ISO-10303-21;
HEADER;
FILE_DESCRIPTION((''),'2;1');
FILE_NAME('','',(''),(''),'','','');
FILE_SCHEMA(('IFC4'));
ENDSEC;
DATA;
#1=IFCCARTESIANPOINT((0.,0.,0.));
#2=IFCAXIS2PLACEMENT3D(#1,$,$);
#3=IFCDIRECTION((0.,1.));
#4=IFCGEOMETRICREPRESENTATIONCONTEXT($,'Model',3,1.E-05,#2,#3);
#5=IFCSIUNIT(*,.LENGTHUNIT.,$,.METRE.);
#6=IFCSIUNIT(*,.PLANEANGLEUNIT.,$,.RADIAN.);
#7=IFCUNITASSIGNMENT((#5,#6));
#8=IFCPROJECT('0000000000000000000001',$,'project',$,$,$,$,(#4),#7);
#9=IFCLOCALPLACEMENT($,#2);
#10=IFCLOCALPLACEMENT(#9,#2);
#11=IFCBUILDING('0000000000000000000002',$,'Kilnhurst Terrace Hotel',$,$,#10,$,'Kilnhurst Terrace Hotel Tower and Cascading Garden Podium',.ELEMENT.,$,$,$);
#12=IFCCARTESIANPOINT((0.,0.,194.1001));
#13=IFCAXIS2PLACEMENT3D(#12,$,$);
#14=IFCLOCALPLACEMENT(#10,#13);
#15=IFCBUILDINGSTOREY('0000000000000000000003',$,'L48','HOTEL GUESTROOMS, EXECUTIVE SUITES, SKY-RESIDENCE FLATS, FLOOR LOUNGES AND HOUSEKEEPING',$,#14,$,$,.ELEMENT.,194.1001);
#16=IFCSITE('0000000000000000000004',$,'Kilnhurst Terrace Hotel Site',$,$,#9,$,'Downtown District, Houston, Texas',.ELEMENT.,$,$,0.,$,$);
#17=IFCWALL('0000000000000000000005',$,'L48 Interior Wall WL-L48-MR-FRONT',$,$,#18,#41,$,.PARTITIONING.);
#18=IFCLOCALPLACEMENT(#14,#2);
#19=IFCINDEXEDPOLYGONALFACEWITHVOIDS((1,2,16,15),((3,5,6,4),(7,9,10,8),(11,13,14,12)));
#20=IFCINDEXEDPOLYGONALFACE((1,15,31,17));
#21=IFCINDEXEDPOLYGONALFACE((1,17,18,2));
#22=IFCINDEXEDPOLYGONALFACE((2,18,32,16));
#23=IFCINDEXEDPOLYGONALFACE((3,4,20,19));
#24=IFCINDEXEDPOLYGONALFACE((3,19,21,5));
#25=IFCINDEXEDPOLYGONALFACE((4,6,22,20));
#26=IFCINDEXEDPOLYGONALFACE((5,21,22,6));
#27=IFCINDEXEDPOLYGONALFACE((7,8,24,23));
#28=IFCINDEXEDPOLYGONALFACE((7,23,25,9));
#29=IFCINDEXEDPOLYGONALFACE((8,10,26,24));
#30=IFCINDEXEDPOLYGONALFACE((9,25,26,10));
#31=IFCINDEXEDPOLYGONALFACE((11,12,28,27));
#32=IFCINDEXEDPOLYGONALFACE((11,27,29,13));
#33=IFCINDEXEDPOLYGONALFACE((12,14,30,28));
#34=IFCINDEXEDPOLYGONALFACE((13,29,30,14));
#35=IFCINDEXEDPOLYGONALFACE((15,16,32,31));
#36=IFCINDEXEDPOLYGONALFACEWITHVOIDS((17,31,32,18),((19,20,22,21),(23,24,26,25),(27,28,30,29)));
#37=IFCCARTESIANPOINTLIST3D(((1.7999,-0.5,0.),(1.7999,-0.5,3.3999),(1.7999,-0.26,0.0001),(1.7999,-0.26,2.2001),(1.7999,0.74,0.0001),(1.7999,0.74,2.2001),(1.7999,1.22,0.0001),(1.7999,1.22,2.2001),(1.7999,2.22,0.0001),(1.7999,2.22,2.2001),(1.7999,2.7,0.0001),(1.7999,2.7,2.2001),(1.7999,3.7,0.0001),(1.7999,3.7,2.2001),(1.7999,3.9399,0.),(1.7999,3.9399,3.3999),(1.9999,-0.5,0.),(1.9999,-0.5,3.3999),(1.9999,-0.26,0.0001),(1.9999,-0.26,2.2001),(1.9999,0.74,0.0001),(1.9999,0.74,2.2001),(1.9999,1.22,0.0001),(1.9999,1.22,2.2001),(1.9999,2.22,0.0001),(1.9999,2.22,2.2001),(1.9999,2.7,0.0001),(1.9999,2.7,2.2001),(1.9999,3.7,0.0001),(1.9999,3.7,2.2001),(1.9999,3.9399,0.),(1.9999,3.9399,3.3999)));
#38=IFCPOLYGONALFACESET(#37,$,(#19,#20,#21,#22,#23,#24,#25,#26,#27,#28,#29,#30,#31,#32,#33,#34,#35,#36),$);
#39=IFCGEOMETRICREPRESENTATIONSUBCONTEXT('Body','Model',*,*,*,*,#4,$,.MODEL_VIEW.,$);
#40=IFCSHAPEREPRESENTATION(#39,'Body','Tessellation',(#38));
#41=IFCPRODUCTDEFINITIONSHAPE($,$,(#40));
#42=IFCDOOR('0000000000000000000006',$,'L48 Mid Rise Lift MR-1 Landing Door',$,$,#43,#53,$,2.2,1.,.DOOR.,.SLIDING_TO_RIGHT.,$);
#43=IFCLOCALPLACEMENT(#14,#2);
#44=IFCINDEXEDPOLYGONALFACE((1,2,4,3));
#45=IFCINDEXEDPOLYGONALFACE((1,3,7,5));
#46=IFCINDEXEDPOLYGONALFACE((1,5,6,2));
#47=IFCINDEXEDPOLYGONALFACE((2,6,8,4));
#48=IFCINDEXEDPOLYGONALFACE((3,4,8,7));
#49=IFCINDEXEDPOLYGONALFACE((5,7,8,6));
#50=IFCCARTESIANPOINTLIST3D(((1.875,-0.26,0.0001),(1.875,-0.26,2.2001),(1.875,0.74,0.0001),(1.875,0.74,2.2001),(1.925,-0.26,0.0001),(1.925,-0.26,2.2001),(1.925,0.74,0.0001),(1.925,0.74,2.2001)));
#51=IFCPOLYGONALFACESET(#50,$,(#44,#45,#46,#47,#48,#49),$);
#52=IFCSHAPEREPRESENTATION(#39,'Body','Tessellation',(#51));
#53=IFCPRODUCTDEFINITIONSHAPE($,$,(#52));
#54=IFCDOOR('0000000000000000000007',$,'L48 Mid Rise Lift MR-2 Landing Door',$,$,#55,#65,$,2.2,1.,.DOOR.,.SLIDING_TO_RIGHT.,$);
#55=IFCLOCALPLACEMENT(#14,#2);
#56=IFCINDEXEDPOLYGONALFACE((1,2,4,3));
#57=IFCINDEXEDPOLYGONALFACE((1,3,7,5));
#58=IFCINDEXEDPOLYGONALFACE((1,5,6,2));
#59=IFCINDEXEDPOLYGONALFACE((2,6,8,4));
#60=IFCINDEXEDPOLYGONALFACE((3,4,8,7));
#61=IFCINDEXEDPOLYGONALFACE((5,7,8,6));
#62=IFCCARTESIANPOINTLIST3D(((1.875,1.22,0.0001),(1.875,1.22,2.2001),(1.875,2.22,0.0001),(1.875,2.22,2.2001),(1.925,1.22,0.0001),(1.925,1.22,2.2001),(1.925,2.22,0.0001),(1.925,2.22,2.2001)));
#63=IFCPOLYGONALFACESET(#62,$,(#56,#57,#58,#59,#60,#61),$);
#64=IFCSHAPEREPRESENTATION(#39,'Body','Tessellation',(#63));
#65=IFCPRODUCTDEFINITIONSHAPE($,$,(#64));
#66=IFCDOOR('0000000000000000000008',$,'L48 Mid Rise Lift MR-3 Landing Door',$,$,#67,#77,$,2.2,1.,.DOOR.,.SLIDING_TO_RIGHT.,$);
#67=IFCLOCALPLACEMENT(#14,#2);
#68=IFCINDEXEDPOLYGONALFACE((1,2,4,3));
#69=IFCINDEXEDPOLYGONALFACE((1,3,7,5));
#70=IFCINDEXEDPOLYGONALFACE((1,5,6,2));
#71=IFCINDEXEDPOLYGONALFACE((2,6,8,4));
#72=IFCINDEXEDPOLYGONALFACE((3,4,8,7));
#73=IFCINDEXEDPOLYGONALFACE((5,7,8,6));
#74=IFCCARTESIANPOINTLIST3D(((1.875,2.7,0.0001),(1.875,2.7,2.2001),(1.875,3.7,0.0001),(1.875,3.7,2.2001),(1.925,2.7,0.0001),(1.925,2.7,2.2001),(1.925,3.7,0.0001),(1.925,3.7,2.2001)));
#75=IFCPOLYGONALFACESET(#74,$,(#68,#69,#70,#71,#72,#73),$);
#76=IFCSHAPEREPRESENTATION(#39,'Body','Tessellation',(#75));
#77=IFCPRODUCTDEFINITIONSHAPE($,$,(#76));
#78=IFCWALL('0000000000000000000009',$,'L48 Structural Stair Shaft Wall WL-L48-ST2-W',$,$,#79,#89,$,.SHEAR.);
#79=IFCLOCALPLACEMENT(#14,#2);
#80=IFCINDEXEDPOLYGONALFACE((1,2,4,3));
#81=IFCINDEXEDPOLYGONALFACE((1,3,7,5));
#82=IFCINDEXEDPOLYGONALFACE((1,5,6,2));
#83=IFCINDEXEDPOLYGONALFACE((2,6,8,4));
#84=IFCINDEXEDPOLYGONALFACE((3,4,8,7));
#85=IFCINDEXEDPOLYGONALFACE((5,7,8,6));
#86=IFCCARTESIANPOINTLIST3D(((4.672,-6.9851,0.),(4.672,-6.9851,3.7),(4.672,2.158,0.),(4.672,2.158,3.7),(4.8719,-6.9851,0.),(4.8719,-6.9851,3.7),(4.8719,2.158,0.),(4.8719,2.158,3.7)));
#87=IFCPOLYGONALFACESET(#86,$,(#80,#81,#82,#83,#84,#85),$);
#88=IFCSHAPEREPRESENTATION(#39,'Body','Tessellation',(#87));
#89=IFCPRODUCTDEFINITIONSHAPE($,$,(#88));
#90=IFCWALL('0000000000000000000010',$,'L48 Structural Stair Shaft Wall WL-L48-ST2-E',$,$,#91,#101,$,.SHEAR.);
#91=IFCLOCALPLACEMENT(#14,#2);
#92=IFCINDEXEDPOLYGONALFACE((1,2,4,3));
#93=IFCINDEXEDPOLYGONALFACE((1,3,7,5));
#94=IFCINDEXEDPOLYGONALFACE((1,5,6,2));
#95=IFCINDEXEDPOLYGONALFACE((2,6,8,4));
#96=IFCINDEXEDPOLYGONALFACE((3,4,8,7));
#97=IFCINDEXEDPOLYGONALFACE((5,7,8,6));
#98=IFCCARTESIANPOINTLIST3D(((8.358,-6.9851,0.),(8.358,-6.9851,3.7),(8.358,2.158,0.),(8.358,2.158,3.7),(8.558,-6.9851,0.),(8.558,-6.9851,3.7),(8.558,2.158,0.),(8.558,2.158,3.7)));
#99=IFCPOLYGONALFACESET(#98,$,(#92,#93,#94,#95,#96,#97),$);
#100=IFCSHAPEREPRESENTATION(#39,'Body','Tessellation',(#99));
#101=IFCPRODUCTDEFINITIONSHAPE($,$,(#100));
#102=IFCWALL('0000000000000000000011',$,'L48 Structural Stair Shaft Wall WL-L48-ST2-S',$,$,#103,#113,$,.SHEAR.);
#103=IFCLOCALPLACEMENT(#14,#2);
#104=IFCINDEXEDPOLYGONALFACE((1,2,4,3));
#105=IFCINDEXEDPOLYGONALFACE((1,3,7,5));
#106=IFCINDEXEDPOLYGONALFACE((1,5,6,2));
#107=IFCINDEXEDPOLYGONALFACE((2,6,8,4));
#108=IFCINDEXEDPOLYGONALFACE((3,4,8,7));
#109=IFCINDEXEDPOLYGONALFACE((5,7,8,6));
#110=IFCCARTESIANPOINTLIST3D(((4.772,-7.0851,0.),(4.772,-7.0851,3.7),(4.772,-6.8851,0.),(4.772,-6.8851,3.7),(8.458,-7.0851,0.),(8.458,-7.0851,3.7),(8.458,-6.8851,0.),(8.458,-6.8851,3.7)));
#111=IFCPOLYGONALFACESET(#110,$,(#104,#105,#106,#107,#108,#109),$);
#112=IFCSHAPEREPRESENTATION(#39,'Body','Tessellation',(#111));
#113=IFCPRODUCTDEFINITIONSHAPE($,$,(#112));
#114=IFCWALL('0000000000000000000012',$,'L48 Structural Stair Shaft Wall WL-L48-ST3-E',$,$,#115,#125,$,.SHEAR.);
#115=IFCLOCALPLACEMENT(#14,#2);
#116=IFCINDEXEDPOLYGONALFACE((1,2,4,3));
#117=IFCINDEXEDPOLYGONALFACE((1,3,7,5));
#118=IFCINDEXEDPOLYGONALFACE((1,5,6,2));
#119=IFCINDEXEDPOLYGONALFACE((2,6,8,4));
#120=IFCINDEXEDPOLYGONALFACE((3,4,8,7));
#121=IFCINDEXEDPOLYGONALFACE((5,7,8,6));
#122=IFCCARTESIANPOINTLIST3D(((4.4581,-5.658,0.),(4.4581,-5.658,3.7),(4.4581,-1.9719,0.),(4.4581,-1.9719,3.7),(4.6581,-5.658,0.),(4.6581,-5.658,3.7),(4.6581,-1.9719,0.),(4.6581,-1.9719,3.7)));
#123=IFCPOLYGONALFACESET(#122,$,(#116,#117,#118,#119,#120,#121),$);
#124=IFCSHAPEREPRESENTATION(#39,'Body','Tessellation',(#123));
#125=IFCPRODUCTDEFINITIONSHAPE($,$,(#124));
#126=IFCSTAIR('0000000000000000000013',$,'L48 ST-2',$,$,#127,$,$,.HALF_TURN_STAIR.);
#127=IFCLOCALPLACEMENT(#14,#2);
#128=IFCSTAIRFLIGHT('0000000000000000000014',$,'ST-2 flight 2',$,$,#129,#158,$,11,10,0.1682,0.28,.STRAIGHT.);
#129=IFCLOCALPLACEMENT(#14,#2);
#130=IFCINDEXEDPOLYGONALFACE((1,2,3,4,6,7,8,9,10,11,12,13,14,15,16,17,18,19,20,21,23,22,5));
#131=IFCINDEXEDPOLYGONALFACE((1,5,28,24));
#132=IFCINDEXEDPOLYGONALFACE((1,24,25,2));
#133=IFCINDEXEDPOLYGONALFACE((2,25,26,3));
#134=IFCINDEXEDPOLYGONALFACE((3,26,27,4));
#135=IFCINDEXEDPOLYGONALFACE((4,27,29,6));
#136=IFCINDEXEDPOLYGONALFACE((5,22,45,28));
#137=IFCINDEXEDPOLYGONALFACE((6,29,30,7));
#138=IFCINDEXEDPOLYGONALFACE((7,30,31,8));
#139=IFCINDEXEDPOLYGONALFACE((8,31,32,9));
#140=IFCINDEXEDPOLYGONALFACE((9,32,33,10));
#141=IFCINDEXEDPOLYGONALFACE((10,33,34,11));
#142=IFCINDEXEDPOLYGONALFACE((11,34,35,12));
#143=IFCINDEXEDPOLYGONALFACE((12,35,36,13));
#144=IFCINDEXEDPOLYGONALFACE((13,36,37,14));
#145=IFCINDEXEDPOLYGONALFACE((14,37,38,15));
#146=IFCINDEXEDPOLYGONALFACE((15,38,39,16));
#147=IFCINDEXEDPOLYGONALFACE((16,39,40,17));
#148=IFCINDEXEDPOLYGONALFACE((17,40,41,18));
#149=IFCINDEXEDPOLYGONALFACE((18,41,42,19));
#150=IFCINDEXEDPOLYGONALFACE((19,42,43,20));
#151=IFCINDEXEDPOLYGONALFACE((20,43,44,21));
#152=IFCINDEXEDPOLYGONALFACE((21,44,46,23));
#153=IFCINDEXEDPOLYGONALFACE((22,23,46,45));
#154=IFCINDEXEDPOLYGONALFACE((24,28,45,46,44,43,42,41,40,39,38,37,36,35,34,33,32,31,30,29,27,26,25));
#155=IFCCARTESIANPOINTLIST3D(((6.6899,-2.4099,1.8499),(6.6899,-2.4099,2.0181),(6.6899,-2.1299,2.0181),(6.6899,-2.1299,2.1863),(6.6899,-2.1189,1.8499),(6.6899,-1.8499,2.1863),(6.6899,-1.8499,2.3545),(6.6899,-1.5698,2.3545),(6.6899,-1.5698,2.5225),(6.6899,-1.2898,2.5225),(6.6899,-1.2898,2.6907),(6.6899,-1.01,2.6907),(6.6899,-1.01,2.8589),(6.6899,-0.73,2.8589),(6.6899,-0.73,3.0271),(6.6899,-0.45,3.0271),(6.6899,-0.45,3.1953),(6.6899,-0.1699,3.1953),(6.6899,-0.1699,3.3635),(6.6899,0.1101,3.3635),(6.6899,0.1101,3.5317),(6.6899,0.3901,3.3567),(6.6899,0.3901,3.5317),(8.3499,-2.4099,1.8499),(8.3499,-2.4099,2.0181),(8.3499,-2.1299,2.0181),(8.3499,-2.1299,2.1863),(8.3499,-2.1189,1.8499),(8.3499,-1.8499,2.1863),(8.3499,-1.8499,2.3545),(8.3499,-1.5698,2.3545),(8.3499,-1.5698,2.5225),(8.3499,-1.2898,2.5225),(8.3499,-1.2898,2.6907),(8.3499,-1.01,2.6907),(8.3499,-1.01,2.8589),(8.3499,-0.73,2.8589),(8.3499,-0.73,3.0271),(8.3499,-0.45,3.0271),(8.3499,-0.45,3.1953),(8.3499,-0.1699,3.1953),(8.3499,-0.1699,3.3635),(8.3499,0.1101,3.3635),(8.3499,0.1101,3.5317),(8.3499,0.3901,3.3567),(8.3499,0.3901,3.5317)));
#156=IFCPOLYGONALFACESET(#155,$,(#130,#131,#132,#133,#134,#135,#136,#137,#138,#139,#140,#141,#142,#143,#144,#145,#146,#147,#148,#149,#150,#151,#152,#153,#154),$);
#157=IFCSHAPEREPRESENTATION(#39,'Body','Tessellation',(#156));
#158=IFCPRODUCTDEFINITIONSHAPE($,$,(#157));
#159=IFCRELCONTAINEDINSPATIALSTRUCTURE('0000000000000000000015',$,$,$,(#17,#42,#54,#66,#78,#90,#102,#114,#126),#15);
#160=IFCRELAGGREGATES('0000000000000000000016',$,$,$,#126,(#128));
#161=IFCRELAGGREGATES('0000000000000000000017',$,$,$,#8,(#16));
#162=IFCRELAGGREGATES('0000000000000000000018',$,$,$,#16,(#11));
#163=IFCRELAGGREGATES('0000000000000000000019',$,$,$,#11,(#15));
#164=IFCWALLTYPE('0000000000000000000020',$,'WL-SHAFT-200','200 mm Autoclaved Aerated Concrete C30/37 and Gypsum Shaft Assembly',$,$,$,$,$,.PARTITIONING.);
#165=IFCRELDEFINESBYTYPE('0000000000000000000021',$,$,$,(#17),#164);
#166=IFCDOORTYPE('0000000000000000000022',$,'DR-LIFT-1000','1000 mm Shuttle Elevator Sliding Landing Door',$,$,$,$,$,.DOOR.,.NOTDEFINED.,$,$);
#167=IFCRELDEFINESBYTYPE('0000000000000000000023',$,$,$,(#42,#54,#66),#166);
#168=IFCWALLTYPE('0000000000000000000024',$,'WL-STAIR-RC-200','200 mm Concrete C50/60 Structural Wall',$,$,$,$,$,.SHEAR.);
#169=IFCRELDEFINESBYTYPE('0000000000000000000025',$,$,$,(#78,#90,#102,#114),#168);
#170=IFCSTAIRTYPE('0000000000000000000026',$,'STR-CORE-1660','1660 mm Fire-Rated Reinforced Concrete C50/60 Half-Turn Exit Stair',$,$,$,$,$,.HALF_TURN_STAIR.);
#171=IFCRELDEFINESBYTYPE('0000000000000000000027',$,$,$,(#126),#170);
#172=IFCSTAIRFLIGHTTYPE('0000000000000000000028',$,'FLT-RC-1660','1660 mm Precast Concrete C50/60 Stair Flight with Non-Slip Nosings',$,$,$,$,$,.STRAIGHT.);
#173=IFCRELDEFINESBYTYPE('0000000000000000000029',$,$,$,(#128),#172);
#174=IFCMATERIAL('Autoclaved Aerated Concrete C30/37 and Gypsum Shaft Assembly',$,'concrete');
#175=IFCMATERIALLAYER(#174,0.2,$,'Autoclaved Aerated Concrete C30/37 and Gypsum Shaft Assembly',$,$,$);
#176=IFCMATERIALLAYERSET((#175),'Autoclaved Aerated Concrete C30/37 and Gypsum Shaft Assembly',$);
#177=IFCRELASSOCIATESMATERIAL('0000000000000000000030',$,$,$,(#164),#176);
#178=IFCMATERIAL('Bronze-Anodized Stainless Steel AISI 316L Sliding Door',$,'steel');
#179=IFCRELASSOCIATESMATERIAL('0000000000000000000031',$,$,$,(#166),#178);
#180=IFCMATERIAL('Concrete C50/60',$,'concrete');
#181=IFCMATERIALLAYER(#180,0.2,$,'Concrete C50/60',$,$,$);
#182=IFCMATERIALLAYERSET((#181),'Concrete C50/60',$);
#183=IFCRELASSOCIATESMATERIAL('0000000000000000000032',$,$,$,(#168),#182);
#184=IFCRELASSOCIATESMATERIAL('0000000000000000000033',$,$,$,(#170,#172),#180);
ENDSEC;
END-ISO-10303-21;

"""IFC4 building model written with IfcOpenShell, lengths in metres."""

from ifc_helpers import new_model, si_unit, direction, frame, frame_2d, origin, place, context, subcontext, project, spatial, polyline, rectangle, outline, extrude, material, layer, layer_set, type_object, element, fill, aggregate, save


model = new_model("IFC4")

# Units and contexts
model_context = context("Model", 3, precision=1e-05, world=origin(), true_north=direction((0.0, 1.0)))
body_context = subcontext(model_context, "Body", "Model", "MODEL_VIEW")
ifc_project = project(units=[si_unit("LENGTHUNIT", "METRE"), si_unit("PLANEANGLEUNIT", "RADIAN")], contexts=[model_context])

# Site, building, storey
site_placement = place(None, origin())
site = spatial("IfcSite", under=ifc_project, at=site_placement, Name="Kilnhurst Terrace Hotel Site", LongName="Downtown District, Houston, Texas", CompositionType="ELEMENT", RefElevation=0.0)
building_placement = place(site_placement, origin())
building = spatial("IfcBuilding", under=site, at=building_placement, Name="Kilnhurst Terrace Hotel", LongName="Kilnhurst Terrace Hotel Tower and Cascading Garden Podium", CompositionType="ELEMENT")
storey_placement = place(building_placement, frame((0.0, 0.0, 194.1001)))
storey = spatial("IfcBuildingStorey", under=building, at=storey_placement, Name="L48", Description="HOTEL GUESTROOMS, EXECUTIVE SUITES, SKY-RESIDENCE FLATS, FLOOR LOUNGES AND HOUSEKEEPING", CompositionType="ELEMENT", Elevation=194.1001)

# Shared definitions
ifc_material_1 = material(Name="Concrete C50/60", Category="concrete")

# Wall, openings, doors
ifc_material_2 = material(Name="Autoclaved Aerated Concrete C30/37 and Gypsum Shaft Assembly", Category="concrete")
ifc_layer_1 = layer(ifc_material_2, 0.2, Name="Autoclaved Aerated Concrete C30/37 and Gypsum Shaft Assembly")
ifc_layer_set_1 = layer_set([ifc_layer_1], Name="Autoclaved Aerated Concrete C30/37 and Gypsum Shaft Assembly")
wall_type_1 = type_object("IfcWallType", Name="WL-SHAFT-200", Description="200 mm Autoclaved Aerated Concrete C30/37 and Gypsum Shaft Assembly", PredefinedType="PARTITIONING", material=ifc_layer_set_1)
wall_1_placement = place(storey_placement, frame((1.8999, -0.5, 0.0), z_axis=(0.0, 0.0, 1.0), x_axis=(0.0, 1.0, 0.0)))
wall_1 = element("IfcWall", 1, at=wall_1_placement, inside=storey, type_object=wall_type_1, Name="L48 Interior Wall WL-L48-MR-FRONT", PredefinedType="PARTITIONING", context=body_context, shape_type="SweptSolid", body=[
    extrude(rectangle(XDim=4.4399, YDim=0.2, at=frame_2d((2.22, 0.0))), origin(), (0.0, 0.0, 1.0), 3.3999),
])
opening_1_placement = place(wall_1_placement, frame((0.24, 0.0, 0.0)))
opening_1 = element("IfcOpeningElement", 2, at=opening_1_placement, cuts=wall_1, PredefinedType="OPENING", context=body_context, shape_type="SweptSolid", body=[
    extrude(rectangle(XDim=1.0, YDim=2.2, at=frame_2d((0.5, 1.1001))), frame((0.0, 0.1099, 0.0), z_axis=(0.0, -1.0, 0.0), x_axis=(1.0, 0.0, 0.0)), (0.0, 0.0, 1.0), 0.22),
])
opening_2_placement = place(wall_1_placement, frame((1.72, 0.0, 0.0)))
opening_2 = element("IfcOpeningElement", 3, at=opening_2_placement, cuts=wall_1, PredefinedType="OPENING", context=body_context, shape_type="SweptSolid", body=[
    extrude(rectangle(XDim=1.0, YDim=2.2, at=frame_2d((0.5, 1.1001))), frame((0.0, 0.1099, 0.0), z_axis=(0.0, -1.0, 0.0), x_axis=(1.0, 0.0, 0.0)), (0.0, 0.0, 1.0), 0.22),
])
opening_3_placement = place(wall_1_placement, frame((3.2, 0.0, 0.0)))
opening_3 = element("IfcOpeningElement", 4, at=opening_3_placement, cuts=wall_1, PredefinedType="OPENING", context=body_context, shape_type="SweptSolid", body=[
    extrude(rectangle(XDim=1.0, YDim=2.2, at=frame_2d((0.5, 1.1001))), frame((0.0, 0.1099, 0.0), z_axis=(0.0, -1.0, 0.0), x_axis=(1.0, 0.0, 0.0)), (0.0, 0.0, 1.0), 0.22),
])
ifc_material_3 = material(Name="Bronze-Anodized Stainless Steel AISI 316L Sliding Door", Category="steel")
door_type_1 = type_object("IfcDoorType", Name="DR-LIFT-1000", Description="1000 mm Shuttle Elevator Sliding Landing Door", OperationType="NOTDEFINED", PredefinedType="DOOR", material=ifc_material_3)
door_1_placement = place(opening_1_placement, origin())
door_1 = element("IfcDoor", 5, at=door_1_placement, inside=storey, type_object=door_type_1, Name="L48 Mid Rise Lift MR-1 Landing Door", OperationType="SLIDING_TO_RIGHT", OverallHeight=2.2, OverallWidth=1.0, PredefinedType="DOOR", context=body_context, shape_type="SweptSolid", body=[
    extrude(rectangle(XDim=1.0, YDim=2.2, at=frame_2d((0.5, 1.1001))), frame((0.0, 0.0249, 0.0), z_axis=(0.0, -1.0, 0.0), x_axis=(1.0, 0.0, 0.0)), (0.0, 0.0, 1.0), 0.05),
])
fill(opening_1, door_1)
door_2_placement = place(opening_2_placement, origin())
door_2 = element("IfcDoor", 6, at=door_2_placement, inside=storey, type_object=door_type_1, Name="L48 Mid Rise Lift MR-2 Landing Door", OperationType="SLIDING_TO_RIGHT", OverallHeight=2.2, OverallWidth=1.0, PredefinedType="DOOR", context=body_context, shape_type="SweptSolid", body=[
    extrude(rectangle(XDim=1.0, YDim=2.2, at=frame_2d((0.5, 1.1001))), frame((0.0, 0.0249, 0.0), z_axis=(0.0, -1.0, 0.0), x_axis=(1.0, 0.0, 0.0)), (0.0, 0.0, 1.0), 0.05),
])
fill(opening_2, door_2)
door_3_placement = place(opening_3_placement, origin())
door_3 = element("IfcDoor", 7, at=door_3_placement, inside=storey, type_object=door_type_1, Name="L48 Mid Rise Lift MR-3 Landing Door", OperationType="SLIDING_TO_RIGHT", OverallHeight=2.2, OverallWidth=1.0, PredefinedType="DOOR", context=body_context, shape_type="SweptSolid", body=[
    extrude(rectangle(XDim=1.0, YDim=2.2, at=frame_2d((0.5, 1.1001))), frame((0.0, 0.0249, 0.0), z_axis=(0.0, -1.0, 0.0), x_axis=(1.0, 0.0, 0.0)), (0.0, 0.0, 1.0), 0.05),
])
fill(opening_3, door_3)

# Walls
ifc_layer_2 = layer(ifc_material_1, 0.2, Name="Concrete C50/60")
ifc_layer_set_2 = layer_set([ifc_layer_2], Name="Concrete C50/60")
wall_type_2 = type_object("IfcWallType", Name="WL-STAIR-RC-200", Description="200 mm Concrete C50/60 Structural Wall", PredefinedType="SHEAR", material=ifc_layer_set_2)
for number, where, z_axis, x_axis, name in (
    (8, (4.772, -6.9851, 0.0), (0.0, 0.0, 1.0), (0.0, 1.0, 0.0), "L48 Structural Stair Shaft Wall WL-L48-ST2-W"),
    (9, (8.458, -6.9851, 0.0), (0.0, 0.0, 1.0), (0.0, 1.0, 0.0), "L48 Structural Stair Shaft Wall WL-L48-ST2-E"),
):
    element("IfcWall", number, at=place(storey_placement, frame(where, z_axis=z_axis, x_axis=x_axis)), inside=storey, type_object=wall_type_2, Name=name, PredefinedType="SHEAR", context=body_context, shape_type="SweptSolid", body=[
        extrude(rectangle(XDim=9.1431, YDim=0.2, at=frame_2d((4.5715, 0.0))), origin(), (0.0, 0.0, 1.0), 3.7),
    ])
for number, where, z_axis, x_axis, name in (
    (10, (4.772, -6.9851, 0.0), (0.0, 0.0, 1.0), (1.0, 0.0, 0.0), "L48 Structural Stair Shaft Wall WL-L48-ST2-S"),
    (11, (4.5581, -5.658, 0.0), (0.0, 0.0, 1.0), (0.0, 1.0, 0.0), "L48 Structural Stair Shaft Wall WL-L48-ST3-E"),
):
    element("IfcWall", number, at=place(storey_placement, frame(where, z_axis=z_axis, x_axis=x_axis)), inside=storey, type_object=wall_type_2, Name=name, PredefinedType="SHEAR", context=body_context, shape_type="SweptSolid", body=[
        extrude(rectangle(XDim=3.686, YDim=0.2, at=frame_2d((1.843, 0.0))), origin(), (0.0, 0.0, 1.0), 3.7),
    ])

# Stair, stair flight
stair_type = type_object("IfcStairType", Name="STR-CORE-1660", Description="1660 mm Fire-Rated Reinforced Concrete C50/60 Half-Turn Exit Stair", PredefinedType="HALF_TURN_STAIR", material=ifc_material_1)
stair_1_placement = place(storey_placement, origin())
stair_1 = element("IfcStair", 12, at=stair_1_placement, inside=storey, type_object=stair_type, Name="L48 ST-2", PredefinedType="HALF_TURN_STAIR")
stair_flight_type = type_object("IfcStairFlightType", Name="FLT-RC-1660", Description="1660 mm Precast Concrete C50/60 Stair Flight with Non-Slip Nosings", PredefinedType="STRAIGHT", material=ifc_material_1)
stair_flight_1_placement = place(storey_placement, frame((7.52, -2.4099, 1.8499), z_axis=(0.0, 0.0, 1.0), x_axis=(0.0, 1.0, 0.0)))
stair_flight_1 = element("IfcStairFlight", 13, at=stair_flight_1_placement, type_object=stair_flight_type, Name="ST-2 flight 2", NumberOfRisers=11, NumberOfTreads=10, PredefinedType="STRAIGHT", RiserHeight=0.1682, TreadLength=0.28, context=body_context, shape_type="SweptSolid", body=[
    extrude(outline(polyline([(0.0, 0.0), (0.0, 0.1682), (0.28, 0.1682), (0.28, 0.3364), (0.5601, 0.3364), (0.5601, 0.5046), (0.8401, 0.5046), (0.8401, 0.6726), (1.1201, 0.6726), (1.1201, 0.8408), (1.3999, 0.8408), (1.3999, 1.009), (1.6799, 1.009), (1.6799, 1.1772), (1.96, 1.1772), (1.96, 1.3455), (2.24, 1.3455), (2.24, 1.5137), (2.52, 1.5137), (2.52, 1.6819), (2.8, 1.6819), (2.8, 1.8501), (2.8, 1.5068), (0.291, 0.0), (0.0, 0.0)])), frame((0.0, 0.8301, 0.0), z_axis=(0.0, -1.0, 0.0), x_axis=(1.0, 0.0, 0.0)), (0.0, 0.0, 1.0), 1.6599),
])
aggregate(stair_1, [stair_flight_1])

save(model, "model.ifc")
